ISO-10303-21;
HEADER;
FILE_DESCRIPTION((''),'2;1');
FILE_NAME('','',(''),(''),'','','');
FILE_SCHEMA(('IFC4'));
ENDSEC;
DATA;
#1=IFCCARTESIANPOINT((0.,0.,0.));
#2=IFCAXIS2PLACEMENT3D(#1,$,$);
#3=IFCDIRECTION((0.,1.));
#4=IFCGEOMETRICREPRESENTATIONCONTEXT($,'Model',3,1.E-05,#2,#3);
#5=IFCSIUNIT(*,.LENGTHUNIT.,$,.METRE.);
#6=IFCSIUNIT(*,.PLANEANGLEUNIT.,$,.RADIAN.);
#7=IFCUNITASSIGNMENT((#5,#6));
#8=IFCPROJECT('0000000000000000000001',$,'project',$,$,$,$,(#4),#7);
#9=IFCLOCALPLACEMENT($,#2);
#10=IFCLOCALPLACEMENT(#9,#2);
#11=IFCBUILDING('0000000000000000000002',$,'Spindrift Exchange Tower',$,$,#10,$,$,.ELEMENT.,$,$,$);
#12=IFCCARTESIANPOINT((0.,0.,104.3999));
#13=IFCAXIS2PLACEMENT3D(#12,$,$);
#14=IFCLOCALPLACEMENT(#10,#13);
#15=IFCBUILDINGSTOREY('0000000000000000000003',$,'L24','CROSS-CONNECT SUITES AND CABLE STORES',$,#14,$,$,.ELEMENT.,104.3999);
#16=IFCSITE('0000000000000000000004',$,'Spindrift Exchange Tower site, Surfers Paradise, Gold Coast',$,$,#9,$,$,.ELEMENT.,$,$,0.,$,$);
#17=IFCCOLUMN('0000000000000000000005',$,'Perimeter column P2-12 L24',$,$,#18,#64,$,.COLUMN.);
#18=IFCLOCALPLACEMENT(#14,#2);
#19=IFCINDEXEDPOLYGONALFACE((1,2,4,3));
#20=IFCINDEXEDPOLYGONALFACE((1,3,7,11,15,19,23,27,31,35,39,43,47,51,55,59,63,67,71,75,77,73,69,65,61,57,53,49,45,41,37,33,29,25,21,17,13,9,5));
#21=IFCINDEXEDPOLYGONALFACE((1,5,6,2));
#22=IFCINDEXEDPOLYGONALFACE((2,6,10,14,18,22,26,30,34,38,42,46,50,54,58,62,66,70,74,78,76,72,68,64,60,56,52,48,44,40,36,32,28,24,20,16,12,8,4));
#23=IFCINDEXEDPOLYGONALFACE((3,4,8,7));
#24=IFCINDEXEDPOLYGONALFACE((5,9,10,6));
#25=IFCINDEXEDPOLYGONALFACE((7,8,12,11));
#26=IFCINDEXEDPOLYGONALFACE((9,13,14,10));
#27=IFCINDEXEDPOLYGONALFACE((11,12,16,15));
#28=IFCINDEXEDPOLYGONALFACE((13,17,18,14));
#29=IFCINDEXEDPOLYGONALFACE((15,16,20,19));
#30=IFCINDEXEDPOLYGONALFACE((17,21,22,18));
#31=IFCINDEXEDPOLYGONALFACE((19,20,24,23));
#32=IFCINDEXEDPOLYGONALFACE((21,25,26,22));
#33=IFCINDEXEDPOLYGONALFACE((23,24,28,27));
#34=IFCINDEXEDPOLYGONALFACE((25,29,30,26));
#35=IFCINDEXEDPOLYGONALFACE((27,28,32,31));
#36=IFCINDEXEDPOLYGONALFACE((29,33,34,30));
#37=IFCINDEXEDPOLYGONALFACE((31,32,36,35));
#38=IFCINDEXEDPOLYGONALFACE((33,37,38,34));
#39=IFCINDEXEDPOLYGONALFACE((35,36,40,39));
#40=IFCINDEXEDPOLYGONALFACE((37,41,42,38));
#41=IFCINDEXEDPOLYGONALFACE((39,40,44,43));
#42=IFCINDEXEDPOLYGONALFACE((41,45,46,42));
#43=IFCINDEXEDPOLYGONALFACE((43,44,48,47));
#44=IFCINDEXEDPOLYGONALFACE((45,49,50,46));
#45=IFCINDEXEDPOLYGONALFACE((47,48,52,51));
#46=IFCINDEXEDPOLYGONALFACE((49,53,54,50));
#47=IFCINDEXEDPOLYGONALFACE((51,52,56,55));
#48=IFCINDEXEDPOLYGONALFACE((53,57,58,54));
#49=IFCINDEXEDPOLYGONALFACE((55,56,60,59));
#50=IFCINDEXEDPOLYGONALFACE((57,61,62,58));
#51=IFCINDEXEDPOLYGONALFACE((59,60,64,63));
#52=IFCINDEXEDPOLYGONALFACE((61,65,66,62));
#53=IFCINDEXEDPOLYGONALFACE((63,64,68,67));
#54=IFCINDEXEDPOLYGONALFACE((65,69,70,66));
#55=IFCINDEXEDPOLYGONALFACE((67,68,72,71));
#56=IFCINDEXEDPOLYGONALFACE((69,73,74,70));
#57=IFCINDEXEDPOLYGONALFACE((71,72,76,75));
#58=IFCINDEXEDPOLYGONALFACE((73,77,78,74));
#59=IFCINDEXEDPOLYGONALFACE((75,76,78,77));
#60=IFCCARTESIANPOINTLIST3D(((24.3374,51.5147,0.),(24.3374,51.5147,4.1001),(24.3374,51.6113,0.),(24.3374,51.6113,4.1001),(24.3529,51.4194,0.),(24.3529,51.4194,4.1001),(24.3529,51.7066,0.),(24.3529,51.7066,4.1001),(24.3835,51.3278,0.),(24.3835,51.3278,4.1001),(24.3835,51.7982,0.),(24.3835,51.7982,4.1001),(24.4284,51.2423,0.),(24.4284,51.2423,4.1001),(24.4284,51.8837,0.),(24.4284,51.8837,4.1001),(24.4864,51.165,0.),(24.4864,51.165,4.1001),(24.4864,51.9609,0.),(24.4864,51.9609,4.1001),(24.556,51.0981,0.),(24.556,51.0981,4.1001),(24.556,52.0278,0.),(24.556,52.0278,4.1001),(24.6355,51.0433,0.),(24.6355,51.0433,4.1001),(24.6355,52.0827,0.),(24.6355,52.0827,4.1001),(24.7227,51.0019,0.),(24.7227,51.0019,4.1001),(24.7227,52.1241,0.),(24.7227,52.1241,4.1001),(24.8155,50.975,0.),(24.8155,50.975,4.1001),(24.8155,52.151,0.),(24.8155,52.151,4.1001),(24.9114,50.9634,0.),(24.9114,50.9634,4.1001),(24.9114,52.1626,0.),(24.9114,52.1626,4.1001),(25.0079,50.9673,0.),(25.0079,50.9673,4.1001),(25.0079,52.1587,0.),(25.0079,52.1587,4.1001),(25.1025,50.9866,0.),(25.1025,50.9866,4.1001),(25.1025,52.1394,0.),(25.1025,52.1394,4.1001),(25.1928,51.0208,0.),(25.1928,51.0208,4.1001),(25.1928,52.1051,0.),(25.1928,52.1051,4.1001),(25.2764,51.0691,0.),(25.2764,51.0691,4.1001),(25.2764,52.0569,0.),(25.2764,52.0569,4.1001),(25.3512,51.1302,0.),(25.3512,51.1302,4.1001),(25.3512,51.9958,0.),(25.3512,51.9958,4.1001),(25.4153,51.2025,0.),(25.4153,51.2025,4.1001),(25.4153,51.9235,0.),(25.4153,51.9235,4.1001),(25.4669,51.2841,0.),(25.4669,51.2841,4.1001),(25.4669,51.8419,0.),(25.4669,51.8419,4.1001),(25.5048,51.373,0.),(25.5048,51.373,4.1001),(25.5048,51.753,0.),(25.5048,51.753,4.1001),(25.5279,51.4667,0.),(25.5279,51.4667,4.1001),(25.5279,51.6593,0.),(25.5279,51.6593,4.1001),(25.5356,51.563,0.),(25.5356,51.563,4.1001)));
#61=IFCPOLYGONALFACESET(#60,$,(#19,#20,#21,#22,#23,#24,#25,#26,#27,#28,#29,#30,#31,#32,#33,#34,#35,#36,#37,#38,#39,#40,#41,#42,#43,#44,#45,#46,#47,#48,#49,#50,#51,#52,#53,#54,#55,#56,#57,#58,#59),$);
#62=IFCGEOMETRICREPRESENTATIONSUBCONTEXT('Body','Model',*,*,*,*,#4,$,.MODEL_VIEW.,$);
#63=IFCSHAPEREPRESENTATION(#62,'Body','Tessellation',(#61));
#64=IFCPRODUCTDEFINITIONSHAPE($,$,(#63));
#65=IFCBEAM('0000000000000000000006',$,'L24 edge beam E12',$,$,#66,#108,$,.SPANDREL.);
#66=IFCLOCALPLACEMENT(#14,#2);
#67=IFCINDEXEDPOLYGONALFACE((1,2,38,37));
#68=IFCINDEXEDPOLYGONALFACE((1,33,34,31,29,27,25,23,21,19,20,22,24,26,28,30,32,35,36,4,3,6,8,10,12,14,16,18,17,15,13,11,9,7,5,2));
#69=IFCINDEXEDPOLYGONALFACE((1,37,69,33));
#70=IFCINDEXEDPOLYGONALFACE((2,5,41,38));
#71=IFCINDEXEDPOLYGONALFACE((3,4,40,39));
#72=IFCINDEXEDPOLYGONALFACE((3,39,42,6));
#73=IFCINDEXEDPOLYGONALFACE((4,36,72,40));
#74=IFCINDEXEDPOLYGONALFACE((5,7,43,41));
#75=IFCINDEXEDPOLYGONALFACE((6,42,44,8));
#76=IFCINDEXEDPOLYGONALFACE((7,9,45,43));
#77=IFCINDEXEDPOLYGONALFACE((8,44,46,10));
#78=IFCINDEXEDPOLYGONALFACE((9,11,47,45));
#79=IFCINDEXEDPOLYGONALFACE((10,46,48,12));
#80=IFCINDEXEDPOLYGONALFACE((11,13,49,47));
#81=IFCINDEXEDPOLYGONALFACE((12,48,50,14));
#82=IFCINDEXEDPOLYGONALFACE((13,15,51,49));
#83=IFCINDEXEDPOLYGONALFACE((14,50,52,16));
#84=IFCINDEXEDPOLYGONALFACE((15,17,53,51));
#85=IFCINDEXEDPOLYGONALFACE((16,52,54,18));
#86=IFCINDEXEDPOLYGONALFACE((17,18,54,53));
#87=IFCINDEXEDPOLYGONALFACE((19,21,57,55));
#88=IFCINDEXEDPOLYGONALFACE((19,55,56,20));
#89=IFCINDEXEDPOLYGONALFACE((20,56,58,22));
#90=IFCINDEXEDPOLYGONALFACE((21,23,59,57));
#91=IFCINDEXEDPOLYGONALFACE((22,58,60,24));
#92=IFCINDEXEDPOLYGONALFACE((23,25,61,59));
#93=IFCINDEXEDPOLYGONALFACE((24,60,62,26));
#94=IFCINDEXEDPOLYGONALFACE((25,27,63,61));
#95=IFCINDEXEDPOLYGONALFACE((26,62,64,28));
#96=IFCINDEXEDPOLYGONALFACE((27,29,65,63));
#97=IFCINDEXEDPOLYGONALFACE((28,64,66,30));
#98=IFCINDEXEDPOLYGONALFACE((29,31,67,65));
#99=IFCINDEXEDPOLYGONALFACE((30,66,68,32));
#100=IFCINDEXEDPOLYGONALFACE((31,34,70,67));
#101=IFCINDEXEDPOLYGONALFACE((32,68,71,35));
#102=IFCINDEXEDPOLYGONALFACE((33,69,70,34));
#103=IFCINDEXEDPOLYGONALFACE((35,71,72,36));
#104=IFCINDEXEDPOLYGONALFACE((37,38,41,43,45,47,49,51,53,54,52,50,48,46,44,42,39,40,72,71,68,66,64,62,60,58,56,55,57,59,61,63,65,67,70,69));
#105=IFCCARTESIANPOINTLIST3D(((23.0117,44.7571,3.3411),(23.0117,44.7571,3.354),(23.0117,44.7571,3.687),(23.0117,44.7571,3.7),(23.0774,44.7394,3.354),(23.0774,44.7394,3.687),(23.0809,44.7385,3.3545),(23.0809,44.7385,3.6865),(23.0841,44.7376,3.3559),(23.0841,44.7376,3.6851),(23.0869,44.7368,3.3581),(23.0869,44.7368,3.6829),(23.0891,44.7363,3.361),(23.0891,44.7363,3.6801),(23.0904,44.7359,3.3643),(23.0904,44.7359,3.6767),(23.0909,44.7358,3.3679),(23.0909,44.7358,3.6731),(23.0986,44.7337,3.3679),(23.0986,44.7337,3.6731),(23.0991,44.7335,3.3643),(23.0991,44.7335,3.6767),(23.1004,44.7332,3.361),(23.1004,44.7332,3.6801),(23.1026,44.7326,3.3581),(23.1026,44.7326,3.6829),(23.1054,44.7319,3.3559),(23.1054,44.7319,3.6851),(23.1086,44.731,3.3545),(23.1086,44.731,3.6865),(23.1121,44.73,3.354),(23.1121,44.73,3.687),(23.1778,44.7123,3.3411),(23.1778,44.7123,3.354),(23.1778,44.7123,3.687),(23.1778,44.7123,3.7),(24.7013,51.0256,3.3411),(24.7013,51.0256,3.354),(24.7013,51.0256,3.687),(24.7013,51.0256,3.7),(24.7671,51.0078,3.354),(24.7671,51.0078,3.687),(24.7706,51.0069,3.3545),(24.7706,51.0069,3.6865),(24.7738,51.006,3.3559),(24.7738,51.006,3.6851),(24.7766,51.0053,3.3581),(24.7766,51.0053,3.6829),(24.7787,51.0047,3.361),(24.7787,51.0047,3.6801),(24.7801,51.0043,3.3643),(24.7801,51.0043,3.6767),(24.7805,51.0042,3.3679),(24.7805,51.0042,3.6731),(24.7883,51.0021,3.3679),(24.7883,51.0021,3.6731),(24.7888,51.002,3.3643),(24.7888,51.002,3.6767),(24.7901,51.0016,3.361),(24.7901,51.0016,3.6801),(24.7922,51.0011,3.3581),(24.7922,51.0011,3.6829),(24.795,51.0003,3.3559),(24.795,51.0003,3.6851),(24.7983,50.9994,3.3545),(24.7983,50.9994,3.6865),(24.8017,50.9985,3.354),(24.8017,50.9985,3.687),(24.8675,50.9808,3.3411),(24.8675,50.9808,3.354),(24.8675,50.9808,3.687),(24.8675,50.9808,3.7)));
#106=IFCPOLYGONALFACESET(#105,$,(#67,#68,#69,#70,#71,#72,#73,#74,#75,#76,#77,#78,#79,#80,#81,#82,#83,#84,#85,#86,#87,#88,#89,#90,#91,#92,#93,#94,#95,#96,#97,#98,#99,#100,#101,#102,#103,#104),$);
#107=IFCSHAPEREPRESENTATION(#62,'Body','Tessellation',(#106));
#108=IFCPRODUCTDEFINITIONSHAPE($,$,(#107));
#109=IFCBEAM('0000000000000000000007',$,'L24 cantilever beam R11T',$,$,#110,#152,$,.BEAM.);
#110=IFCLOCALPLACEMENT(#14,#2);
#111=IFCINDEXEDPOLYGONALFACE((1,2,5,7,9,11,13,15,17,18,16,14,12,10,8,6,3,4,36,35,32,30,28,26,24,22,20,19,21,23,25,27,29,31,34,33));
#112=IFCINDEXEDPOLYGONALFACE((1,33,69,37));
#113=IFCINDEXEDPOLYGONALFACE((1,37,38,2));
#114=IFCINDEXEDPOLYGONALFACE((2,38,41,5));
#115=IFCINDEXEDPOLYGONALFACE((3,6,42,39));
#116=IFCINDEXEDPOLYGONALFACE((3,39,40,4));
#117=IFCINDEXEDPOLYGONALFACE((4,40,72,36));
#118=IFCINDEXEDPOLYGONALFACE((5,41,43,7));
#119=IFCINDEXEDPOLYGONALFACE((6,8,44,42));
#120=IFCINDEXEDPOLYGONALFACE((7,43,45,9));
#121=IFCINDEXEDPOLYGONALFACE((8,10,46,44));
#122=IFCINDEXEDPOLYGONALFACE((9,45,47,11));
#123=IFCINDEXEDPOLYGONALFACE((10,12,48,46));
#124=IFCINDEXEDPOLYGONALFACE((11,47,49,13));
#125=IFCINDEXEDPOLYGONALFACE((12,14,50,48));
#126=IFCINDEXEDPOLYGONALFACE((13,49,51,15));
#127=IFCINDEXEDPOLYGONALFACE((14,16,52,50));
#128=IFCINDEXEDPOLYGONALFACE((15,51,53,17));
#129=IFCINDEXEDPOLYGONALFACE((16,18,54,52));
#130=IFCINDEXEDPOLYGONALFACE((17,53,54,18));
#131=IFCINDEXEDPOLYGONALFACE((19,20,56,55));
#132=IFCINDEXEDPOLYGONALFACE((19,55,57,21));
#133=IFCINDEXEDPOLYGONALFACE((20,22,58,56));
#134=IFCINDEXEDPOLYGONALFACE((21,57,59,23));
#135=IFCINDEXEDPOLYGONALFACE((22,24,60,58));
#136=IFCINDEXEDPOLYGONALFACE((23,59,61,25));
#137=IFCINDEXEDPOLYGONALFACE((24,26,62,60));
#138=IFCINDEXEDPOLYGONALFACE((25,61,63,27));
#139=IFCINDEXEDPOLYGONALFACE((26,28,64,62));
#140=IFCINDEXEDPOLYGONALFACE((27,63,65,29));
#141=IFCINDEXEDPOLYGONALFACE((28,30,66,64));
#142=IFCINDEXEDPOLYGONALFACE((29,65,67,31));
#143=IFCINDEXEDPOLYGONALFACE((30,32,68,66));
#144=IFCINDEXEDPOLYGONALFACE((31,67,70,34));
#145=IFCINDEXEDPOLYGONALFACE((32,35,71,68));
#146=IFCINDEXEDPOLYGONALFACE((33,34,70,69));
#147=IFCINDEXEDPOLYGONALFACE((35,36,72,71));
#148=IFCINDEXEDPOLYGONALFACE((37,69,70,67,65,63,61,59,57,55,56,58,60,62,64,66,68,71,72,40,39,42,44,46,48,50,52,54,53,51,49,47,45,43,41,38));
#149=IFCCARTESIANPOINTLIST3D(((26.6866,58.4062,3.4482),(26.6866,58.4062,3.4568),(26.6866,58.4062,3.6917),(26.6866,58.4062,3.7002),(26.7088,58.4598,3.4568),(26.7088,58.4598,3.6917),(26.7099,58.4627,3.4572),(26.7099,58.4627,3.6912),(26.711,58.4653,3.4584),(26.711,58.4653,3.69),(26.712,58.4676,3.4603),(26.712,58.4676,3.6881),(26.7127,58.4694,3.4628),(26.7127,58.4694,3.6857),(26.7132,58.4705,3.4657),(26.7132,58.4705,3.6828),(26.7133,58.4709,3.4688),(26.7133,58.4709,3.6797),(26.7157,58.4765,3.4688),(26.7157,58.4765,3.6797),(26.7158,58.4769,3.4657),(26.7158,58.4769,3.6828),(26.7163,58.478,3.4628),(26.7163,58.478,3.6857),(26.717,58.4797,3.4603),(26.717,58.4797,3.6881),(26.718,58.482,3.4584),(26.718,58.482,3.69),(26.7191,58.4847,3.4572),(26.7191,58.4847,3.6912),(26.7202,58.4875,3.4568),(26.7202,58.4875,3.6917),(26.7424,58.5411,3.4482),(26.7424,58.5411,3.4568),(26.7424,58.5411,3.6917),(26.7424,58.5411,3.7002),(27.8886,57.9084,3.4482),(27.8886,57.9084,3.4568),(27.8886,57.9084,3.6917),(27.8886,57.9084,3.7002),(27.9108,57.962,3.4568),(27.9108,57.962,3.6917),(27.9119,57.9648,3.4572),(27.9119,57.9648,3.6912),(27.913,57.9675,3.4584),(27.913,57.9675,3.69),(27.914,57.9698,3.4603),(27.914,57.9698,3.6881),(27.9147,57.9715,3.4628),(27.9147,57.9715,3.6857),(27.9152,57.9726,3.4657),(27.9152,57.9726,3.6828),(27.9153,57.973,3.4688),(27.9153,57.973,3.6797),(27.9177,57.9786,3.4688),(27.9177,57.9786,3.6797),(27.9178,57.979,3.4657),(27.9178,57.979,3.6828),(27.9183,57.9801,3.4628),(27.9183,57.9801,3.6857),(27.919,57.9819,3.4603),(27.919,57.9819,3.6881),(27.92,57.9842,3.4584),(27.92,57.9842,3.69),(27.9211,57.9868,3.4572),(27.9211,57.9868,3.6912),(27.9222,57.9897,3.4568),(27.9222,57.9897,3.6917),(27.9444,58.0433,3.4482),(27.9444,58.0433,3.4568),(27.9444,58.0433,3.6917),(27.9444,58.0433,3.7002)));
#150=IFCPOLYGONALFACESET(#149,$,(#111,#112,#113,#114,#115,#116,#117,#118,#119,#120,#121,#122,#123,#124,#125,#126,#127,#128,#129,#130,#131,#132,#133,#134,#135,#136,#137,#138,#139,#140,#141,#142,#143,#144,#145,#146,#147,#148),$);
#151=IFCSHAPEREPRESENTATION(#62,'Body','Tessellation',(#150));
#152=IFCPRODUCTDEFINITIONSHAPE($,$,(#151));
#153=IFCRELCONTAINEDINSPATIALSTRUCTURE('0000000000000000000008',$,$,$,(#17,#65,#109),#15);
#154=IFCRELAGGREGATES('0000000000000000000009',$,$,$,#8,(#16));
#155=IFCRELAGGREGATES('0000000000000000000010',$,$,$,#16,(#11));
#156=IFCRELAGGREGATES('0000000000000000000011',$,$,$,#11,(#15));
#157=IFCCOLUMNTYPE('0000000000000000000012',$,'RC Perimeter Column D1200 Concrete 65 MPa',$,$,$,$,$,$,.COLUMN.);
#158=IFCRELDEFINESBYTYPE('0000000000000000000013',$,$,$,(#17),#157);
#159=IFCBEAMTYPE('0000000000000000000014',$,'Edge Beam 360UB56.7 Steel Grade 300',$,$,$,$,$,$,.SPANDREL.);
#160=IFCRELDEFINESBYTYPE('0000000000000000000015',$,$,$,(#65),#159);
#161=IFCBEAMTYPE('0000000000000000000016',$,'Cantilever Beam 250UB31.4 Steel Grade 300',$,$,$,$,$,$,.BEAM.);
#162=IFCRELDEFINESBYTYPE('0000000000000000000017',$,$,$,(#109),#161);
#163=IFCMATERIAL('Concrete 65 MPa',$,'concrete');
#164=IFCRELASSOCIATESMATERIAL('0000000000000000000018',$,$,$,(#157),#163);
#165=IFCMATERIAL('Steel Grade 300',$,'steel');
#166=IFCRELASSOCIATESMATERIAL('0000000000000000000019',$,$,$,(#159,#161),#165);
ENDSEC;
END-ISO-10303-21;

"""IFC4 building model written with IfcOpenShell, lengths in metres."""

from ifc_helpers import new_model, si_unit, direction, frame, origin, origin_2d, place, context, subcontext, project, spatial, circle, i_section, extrude, source, transform, mapped, material, material_profile, profile_set, type_object, element, save


model = new_model("IFC4")

# Units and contexts
model_context = context("Model", 3, precision=1e-05, world=origin(), true_north=direction((0.0, 1.0)))
body_context = subcontext(model_context, "Body", "Model", "MODEL_VIEW")
ifc_project = project(units=[si_unit("LENGTHUNIT", "METRE"), si_unit("PLANEANGLEUNIT", "RADIAN")], contexts=[model_context])

# Site, building, storey
site_placement = place(None, origin())
site = spatial("IfcSite", under=ifc_project, at=site_placement, Name="Spindrift Exchange Tower site, Surfers Paradise, Gold Coast", CompositionType="ELEMENT", RefElevation=0.0)
building_placement = place(site_placement, origin())
building = spatial("IfcBuilding", under=site, at=building_placement, Name="Spindrift Exchange Tower", CompositionType="ELEMENT")
storey_placement = place(building_placement, frame((0.0, 0.0, 104.3999)))
storey = spatial("IfcBuildingStorey", under=building, at=storey_placement, Name="L24", Description="CROSS-CONNECT SUITES AND CABLE STORES", CompositionType="ELEMENT", Elevation=104.3999)

# Column
ifc_material_1 = material(Name="Concrete 65 MPa", Category="concrete")
ifc_material_profile_1 = material_profile(ifc_material_1, circle(Radius=0.6001, at=origin_2d()), Name="RC D1200")
ifc_profile_set_1 = profile_set([ifc_material_profile_1], Name="Concrete 65 MPa")
column_type = type_object("IfcColumnType", Name="RC Perimeter Column D1200 Concrete 65 MPa", PredefinedType="COLUMN", material=ifc_profile_set_1)
shared_shape_1 = source(origin(), body_context, "Body", "SweptSolid", [
    extrude(circle(Radius=0.6001, at=origin_2d()), origin(), (0.0, 0.0, 1.0), 4.1001),
])
column_placement = place(storey_placement, frame((24.9355, 51.563, 0.0), z_axis=(0.0, 0.0, 1.0), x_axis=(1.0, 0.0, 0.0)))
element("IfcColumn", 1, at=column_placement, inside=storey, type_object=column_type, Name="Perimeter column P2-12 L24", PredefinedType="COLUMN", context=body_context, shape_type="MappedRepresentation", body=[
    mapped(shared_shape_1, transform((0.0, 0.0, 0.0), scale=1.0)),
])

# Beams
ifc_material_2 = material(Name="Steel Grade 300", Category="steel")
ifc_material_profile_2 = material_profile(ifc_material_2, i_section(OverallWidth=0.1721, OverallDepth=0.3589, WebThickness=0.0081, FlangeThickness=0.0129, FilletRadius=0.0139, at=origin_2d()), Name="360UB56.7")
ifc_profile_set_2 = profile_set([ifc_material_profile_2], Name="Steel Grade 300")
beam_type_1 = type_object("IfcBeamType", Name="Edge Beam 360UB56.7 Steel Grade 300", PredefinedType="SPANDREL", material=ifc_profile_set_2)
shared_shape_2 = source(origin(), body_context, "Body", "SweptSolid", [
    extrude(i_section(OverallWidth=0.1721, OverallDepth=0.3589, WebThickness=0.0081, FlangeThickness=0.0129, FilletRadius=0.0139, at=origin_2d()), origin(), (0.0, 0.0, 1.0), 6.4922),
])
beam_1_placement = place(storey_placement, frame((24.7844, 51.0032, 3.5205), z_axis=(-0.260262, -0.965538, 0.0), x_axis=(0.965538, -0.260262, 0.0)))
element("IfcBeam", 2, at=beam_1_placement, inside=storey, type_object=beam_type_1, Name="L24 edge beam E12", PredefinedType="SPANDREL", context=body_context, shape_type="MappedRepresentation", body=[
    mapped(shared_shape_2, transform((0.0, 0.0, 0.0), scale=1.0)),
])
ifc_material_profile_3 = material_profile(ifc_material_2, i_section(OverallWidth=0.146, OverallDepth=0.252, WebThickness=0.0061, FlangeThickness=0.0085, FilletRadius=0.012, at=origin_2d()), Name="250UB31.4")
ifc_profile_set_3 = profile_set([ifc_material_profile_3], Name="Steel Grade 300")
beam_type_2 = type_object("IfcBeamType", Name="Cantilever Beam 250UB31.4 Steel Grade 300", PredefinedType="BEAM", material=ifc_profile_set_3)
shared_shape_3 = source(origin(), body_context, "Body", "SweptSolid", [
    extrude(i_section(OverallWidth=0.146, OverallDepth=0.252, WebThickness=0.0061, FlangeThickness=0.0085, FilletRadius=0.012, at=origin_2d()), origin(), (0.0, 0.0, 1.0), 1.301),
])
beam_2_placement = place(storey_placement, frame((27.9165, 57.9758, 3.5742), z_axis=(-0.923891, 0.382656, 0.0), x_axis=(-0.382656, -0.923891, 0.0)))
element("IfcBeam", 3, at=beam_2_placement, inside=storey, type_object=beam_type_2, Name="L24 cantilever beam R11T", PredefinedType="BEAM", context=body_context, shape_type="MappedRepresentation", body=[
    mapped(shared_shape_3, transform((0.0, 0.0, 0.0), scale=1.0)),
])

save(model, "model.ifc")
